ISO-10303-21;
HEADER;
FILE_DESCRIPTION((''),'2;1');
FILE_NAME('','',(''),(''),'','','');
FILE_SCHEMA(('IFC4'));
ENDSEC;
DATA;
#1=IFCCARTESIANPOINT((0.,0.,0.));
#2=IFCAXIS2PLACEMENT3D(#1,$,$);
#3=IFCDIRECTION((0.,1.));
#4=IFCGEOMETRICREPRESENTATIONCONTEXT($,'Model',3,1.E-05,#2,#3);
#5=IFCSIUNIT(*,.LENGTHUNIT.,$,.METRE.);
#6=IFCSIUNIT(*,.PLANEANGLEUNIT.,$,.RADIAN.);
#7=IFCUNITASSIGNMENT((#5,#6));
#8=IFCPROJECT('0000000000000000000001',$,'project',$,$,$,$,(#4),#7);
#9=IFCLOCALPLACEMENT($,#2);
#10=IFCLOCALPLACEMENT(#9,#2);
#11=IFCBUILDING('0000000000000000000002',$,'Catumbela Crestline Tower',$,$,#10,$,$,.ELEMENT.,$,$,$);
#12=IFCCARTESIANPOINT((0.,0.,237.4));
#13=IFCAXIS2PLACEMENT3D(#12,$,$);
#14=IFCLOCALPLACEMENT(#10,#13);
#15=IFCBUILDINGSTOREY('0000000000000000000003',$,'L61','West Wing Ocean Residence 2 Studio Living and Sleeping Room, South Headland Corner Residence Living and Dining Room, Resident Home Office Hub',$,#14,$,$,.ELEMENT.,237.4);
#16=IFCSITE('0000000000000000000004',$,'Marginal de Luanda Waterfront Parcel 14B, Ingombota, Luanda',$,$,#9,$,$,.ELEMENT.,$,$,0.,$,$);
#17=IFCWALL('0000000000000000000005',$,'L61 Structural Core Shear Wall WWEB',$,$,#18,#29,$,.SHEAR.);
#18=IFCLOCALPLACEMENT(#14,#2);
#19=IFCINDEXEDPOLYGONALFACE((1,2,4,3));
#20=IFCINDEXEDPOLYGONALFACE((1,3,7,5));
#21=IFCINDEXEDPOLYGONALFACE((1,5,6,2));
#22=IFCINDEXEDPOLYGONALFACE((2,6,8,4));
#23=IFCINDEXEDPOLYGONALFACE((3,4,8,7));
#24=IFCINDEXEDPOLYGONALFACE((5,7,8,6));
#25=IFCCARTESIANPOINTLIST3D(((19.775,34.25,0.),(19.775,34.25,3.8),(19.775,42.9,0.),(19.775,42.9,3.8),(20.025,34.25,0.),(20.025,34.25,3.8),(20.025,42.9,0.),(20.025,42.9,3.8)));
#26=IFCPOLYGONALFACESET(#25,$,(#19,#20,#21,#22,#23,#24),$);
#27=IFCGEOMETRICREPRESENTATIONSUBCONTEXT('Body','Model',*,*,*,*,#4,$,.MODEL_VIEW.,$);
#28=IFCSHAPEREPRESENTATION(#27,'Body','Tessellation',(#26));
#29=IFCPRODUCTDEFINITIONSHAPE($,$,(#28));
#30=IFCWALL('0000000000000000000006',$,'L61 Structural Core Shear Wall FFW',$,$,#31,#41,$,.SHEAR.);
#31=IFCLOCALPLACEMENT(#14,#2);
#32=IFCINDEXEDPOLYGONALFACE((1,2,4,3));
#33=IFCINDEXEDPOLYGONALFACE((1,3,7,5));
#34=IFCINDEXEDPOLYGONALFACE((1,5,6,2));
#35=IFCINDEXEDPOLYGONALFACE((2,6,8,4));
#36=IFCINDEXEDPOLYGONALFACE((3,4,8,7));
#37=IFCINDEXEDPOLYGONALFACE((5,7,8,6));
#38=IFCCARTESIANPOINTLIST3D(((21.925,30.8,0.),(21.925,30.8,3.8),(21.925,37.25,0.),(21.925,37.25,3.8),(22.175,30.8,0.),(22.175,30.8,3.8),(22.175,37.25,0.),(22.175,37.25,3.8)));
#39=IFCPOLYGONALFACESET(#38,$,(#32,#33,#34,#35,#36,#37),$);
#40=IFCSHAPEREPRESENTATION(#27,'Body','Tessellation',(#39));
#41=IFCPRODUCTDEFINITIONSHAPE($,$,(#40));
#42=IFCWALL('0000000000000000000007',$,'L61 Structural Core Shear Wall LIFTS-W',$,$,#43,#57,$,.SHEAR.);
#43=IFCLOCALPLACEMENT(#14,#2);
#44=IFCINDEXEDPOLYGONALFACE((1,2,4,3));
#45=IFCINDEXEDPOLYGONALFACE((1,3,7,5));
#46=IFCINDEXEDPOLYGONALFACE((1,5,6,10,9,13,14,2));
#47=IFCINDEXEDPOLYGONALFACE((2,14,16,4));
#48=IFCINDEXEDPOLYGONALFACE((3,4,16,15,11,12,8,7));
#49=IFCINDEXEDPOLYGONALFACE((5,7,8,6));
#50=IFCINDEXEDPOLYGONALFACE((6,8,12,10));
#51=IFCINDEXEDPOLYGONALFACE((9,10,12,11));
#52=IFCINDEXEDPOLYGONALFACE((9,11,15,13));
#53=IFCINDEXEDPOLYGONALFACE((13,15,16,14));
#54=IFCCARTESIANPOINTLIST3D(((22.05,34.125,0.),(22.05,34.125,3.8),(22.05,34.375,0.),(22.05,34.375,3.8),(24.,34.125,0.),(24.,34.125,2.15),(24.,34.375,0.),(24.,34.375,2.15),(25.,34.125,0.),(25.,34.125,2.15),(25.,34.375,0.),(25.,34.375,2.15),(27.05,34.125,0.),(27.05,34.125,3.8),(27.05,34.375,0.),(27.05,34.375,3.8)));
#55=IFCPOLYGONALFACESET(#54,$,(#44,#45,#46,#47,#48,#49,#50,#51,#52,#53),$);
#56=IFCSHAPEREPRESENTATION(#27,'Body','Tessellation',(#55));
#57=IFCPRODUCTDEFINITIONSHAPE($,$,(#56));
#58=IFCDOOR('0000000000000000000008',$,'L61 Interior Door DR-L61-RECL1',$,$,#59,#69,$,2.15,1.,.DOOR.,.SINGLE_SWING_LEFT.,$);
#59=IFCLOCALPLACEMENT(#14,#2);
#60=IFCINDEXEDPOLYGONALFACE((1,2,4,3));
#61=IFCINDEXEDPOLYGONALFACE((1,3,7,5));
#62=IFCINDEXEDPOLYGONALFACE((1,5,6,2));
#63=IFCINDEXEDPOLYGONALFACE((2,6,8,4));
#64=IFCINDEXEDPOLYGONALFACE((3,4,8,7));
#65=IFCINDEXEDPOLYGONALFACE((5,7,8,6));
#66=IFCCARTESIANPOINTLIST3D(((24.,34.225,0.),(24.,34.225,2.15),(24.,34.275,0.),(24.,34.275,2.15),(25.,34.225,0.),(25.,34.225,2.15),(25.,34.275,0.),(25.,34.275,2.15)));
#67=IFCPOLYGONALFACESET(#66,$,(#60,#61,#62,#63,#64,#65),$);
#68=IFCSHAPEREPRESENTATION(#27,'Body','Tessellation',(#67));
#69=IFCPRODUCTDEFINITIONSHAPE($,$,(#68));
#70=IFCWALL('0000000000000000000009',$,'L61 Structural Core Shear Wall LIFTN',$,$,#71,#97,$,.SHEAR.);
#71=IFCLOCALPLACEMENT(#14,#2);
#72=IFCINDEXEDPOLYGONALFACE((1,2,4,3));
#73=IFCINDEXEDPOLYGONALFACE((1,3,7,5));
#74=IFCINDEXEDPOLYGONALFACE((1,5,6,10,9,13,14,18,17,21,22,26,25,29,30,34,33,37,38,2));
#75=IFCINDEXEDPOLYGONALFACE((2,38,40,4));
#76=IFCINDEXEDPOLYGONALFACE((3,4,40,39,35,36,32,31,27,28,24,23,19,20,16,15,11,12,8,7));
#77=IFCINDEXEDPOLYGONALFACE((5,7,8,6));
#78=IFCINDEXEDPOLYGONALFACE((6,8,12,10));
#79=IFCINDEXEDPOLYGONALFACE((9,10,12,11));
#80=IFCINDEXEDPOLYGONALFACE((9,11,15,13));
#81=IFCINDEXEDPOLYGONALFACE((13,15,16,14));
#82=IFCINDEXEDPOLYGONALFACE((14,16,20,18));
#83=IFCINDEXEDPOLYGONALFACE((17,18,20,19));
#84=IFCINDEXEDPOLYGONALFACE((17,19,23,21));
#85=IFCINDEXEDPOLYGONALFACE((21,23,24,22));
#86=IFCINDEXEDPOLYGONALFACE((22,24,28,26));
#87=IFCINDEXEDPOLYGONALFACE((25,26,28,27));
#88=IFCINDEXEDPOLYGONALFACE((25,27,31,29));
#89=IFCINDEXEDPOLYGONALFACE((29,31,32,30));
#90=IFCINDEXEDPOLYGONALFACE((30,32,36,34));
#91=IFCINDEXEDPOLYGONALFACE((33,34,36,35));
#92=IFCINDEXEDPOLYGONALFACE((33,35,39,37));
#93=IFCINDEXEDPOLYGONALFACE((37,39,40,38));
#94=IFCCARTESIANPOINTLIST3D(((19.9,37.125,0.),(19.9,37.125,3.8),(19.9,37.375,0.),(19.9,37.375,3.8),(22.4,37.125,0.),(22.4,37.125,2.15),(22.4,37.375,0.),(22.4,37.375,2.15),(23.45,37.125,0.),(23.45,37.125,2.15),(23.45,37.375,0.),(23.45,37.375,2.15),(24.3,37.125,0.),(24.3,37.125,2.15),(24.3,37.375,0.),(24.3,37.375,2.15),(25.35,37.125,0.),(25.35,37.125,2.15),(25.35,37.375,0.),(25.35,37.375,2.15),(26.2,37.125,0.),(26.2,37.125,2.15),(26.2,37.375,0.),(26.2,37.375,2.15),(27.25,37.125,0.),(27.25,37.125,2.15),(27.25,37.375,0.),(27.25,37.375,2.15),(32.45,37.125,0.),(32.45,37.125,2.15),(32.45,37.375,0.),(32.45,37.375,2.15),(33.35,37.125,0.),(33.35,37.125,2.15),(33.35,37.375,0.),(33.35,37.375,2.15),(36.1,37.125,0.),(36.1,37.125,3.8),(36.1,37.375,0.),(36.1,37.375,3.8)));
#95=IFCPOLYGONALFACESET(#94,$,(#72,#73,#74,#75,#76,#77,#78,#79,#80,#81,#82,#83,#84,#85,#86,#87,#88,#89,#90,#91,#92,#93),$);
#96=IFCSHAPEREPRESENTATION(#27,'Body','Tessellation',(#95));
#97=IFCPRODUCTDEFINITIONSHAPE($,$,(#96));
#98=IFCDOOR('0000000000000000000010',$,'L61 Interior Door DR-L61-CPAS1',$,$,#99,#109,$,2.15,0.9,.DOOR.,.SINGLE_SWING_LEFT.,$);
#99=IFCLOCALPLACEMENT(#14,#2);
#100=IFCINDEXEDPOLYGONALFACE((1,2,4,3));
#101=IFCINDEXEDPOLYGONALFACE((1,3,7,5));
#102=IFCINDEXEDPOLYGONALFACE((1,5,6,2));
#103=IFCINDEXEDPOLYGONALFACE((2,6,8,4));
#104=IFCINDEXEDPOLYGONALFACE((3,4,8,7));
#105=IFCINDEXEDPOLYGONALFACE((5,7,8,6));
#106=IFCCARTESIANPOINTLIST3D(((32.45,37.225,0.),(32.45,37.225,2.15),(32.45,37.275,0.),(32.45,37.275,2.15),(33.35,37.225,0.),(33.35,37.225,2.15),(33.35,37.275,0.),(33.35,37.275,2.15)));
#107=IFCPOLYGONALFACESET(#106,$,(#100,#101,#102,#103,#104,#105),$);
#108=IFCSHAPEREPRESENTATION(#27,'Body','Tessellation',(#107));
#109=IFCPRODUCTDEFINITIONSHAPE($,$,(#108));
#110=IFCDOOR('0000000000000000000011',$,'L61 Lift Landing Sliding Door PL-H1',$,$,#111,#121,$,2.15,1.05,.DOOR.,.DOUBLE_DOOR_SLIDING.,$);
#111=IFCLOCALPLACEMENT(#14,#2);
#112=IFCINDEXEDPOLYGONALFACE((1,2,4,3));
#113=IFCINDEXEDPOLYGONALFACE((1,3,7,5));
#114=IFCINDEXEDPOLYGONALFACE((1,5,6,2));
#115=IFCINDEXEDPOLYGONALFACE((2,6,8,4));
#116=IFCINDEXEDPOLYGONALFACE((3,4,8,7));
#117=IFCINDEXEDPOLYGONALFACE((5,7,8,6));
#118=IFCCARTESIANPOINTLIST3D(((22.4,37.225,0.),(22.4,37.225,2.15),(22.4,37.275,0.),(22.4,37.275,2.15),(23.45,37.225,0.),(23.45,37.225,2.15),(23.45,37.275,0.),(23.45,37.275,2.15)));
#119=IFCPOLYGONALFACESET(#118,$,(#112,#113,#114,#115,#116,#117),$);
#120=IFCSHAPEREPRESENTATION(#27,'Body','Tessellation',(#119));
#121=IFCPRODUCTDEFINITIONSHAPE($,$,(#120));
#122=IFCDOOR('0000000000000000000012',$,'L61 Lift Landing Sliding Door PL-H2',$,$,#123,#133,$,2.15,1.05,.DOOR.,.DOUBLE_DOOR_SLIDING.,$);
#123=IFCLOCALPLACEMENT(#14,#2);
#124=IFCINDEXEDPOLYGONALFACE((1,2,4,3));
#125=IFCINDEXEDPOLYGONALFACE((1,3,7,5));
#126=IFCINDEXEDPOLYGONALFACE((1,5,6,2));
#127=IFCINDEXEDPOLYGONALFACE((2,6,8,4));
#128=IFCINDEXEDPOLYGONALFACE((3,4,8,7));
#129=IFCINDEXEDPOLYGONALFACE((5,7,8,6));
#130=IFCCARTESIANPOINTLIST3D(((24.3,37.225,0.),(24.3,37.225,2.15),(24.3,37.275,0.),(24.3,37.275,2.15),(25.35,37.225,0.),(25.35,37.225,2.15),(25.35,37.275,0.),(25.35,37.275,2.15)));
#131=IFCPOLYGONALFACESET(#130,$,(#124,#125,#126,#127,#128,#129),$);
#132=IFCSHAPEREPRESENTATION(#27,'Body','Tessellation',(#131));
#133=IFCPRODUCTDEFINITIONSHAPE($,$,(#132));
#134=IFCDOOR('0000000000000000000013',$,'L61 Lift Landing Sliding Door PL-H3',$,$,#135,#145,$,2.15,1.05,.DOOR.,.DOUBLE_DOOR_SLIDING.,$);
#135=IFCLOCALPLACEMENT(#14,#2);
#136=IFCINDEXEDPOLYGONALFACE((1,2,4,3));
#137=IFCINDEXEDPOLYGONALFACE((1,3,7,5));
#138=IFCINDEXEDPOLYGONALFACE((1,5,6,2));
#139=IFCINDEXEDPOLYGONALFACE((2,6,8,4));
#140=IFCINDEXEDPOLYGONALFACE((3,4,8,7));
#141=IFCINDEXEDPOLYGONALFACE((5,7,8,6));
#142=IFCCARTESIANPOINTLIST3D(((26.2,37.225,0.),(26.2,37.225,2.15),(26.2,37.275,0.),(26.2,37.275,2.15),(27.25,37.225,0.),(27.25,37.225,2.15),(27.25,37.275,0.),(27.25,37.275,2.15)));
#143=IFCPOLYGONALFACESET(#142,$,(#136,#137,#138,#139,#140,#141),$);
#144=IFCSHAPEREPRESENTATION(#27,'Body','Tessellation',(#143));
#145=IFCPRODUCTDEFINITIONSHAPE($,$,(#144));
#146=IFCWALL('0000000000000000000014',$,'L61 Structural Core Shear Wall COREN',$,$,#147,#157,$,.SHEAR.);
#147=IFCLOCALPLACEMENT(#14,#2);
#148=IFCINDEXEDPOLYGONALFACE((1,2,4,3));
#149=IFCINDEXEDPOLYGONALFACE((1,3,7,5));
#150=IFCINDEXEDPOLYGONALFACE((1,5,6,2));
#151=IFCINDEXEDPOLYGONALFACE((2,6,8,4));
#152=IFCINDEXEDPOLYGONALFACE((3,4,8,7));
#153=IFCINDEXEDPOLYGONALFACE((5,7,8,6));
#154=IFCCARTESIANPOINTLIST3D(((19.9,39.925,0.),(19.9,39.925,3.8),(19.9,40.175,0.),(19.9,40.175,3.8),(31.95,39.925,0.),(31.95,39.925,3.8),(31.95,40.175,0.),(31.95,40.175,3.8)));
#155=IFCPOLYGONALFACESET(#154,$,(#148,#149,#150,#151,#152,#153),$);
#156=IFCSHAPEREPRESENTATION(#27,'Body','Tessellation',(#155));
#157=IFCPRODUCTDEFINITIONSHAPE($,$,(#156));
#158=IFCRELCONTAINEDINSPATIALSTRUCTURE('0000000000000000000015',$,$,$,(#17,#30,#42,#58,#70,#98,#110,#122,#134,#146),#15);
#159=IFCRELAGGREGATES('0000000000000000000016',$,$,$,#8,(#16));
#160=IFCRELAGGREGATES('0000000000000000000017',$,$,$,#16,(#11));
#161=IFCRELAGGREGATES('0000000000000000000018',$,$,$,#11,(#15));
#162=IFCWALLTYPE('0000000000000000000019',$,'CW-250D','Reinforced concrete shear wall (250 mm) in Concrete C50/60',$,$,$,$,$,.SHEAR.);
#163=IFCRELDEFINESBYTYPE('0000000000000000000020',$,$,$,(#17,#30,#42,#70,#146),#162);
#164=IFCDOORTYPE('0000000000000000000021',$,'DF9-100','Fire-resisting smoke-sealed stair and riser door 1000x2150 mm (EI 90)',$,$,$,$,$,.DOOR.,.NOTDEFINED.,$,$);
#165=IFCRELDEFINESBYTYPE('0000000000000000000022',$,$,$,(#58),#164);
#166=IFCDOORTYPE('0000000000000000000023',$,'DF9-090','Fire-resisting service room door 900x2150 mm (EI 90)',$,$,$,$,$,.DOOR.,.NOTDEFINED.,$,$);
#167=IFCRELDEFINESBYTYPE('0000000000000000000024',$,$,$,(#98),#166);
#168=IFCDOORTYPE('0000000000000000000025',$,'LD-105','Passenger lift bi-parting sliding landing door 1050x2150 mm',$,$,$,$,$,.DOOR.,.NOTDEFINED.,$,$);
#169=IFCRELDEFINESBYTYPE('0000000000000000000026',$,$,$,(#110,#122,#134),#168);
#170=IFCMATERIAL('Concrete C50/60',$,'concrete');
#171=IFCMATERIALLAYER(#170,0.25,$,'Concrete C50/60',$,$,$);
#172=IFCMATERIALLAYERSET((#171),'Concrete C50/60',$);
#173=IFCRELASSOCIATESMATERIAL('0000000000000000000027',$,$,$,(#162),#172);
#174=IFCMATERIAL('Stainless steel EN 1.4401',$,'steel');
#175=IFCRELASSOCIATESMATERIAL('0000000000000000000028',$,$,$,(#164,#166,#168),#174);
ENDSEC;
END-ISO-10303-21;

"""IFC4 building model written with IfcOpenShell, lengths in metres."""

from ifc_helpers import new_model, si_unit, direction, frame, frame_2d, origin, place, context, subcontext, project, spatial, rectangle, extrude, material, layer, layer_set, type_object, element, fill, save


model = new_model("IFC4")

# Units and contexts
model_context = context("Model", 3, precision=1e-05, world=origin(), true_north=direction((0.0, 1.0)))
body_context = subcontext(model_context, "Body", "Model", "MODEL_VIEW")
ifc_project = project(units=[si_unit("LENGTHUNIT", "METRE"), si_unit("PLANEANGLEUNIT", "RADIAN")], contexts=[model_context])

# Site, building, storey
site_placement = place(None, origin())
site = spatial("IfcSite", under=ifc_project, at=site_placement, Name="Marginal de Luanda Waterfront Parcel 14B, Ingombota, Luanda", CompositionType="ELEMENT", RefElevation=0.0)
building_placement = place(site_placement, origin())
building = spatial("IfcBuilding", under=site, at=building_placement, Name="Catumbela Crestline Tower", CompositionType="ELEMENT")
storey_placement = place(building_placement, frame((0.0, 0.0, 237.4)))
storey = spatial("IfcBuildingStorey", under=building, at=storey_placement, Name="L61", Description="West Wing Ocean Residence 2 Studio Living and Sleeping Room, South Headland Corner Residence Living and Dining Room, Resident Home Office Hub", CompositionType="ELEMENT", Elevation=237.4)

# Walls
ifc_material_1 = material(Name="Concrete C50/60", Category="concrete")
ifc_layer_1 = layer(ifc_material_1, 0.25, Name="Concrete C50/60")
ifc_layer_set_1 = layer_set([ifc_layer_1], Name="Concrete C50/60")
wall_type_1 = type_object("IfcWallType", Name="CW-250D", Description="Reinforced concrete shear wall (250 mm) in Concrete C50/60", PredefinedType="SHEAR", material=ifc_layer_set_1)
wall_1_placement = place(storey_placement, frame((19.9, 34.25, 0.0), z_axis=(0.0, 0.0, 1.0), x_axis=(0.0, 1.0, 0.0)))
element("IfcWall", 1, at=wall_1_placement, inside=storey, type_object=wall_type_1, Name="L61 Structural Core Shear Wall WWEB", PredefinedType="SHEAR", context=body_context, shape_type="SweptSolid", body=[
    extrude(rectangle(XDim=8.65, YDim=0.25, at=frame_2d((4.325, 0.0))), origin(), (0.0, 0.0, 1.0), 3.8),
])
wall_2_placement = place(storey_placement, frame((22.05, 30.8, 0.0), z_axis=(0.0, 0.0, 1.0), x_axis=(0.0, 1.0, 0.0)))
element("IfcWall", 2, at=wall_2_placement, inside=storey, type_object=wall_type_1, Name="L61 Structural Core Shear Wall FFW", PredefinedType="SHEAR", context=body_context, shape_type="SweptSolid", body=[
    extrude(rectangle(XDim=6.45, YDim=0.25, at=frame_2d((3.225, 0.0))), origin(), (0.0, 0.0, 1.0), 3.8),
])

# Wall, opening, door
wall_3_placement = place(storey_placement, frame((22.05, 34.25, 0.0), z_axis=(0.0, 0.0, 1.0), x_axis=(1.0, 0.0, 0.0)))
wall_3 = element("IfcWall", 3, at=wall_3_placement, inside=storey, type_object=wall_type_1, Name="L61 Structural Core Shear Wall LIFTS-W", PredefinedType="SHEAR", context=body_context, shape_type="SweptSolid", body=[
    extrude(rectangle(XDim=5.0, YDim=0.25, at=frame_2d((2.5, 0.0))), origin(), (0.0, 0.0, 1.0), 3.8),
])
opening_1_placement = place(wall_3_placement, frame((1.95, 0.0, 0.0)))
opening_1 = element("IfcOpeningElement", 4, at=opening_1_placement, cuts=wall_3, PredefinedType="OPENING", context=body_context, shape_type="SweptSolid", body=[
    extrude(rectangle(XDim=1.0, YDim=2.15, at=frame_2d((0.5, 1.075))), frame((0.0, 0.135, 0.0), z_axis=(0.0, -1.0, 0.0), x_axis=(1.0, 0.0, 0.0)), (0.0, 0.0, 1.0), 0.27),
])
ifc_material_2 = material(Name="Stainless steel EN 1.4401", Category="steel")
door_type_1 = type_object("IfcDoorType", Name="DF9-100", Description="Fire-resisting smoke-sealed stair and riser door 1000x2150 mm (EI 90)", OperationType="NOTDEFINED", PredefinedType="DOOR", material=ifc_material_2)
door_1_placement = place(opening_1_placement, origin())
door_1 = element("IfcDoor", 5, at=door_1_placement, inside=storey, type_object=door_type_1, Name="L61 Interior Door DR-L61-RECL1", OperationType="SINGLE_SWING_LEFT", OverallHeight=2.15, OverallWidth=1.0, PredefinedType="DOOR", context=body_context, shape_type="SweptSolid", body=[
    extrude(rectangle(XDim=1.0, YDim=2.15, at=frame_2d((0.5, 1.075))), frame((0.0, 0.025, 0.0), z_axis=(0.0, -1.0, 0.0), x_axis=(1.0, 0.0, 0.0)), (0.0, 0.0, 1.0), 0.05),
])
fill(opening_1, door_1)

# Wall, openings, doors
wall_4_placement = place(storey_placement, frame((19.9, 37.25, 0.0), z_axis=(0.0, 0.0, 1.0), x_axis=(1.0, 0.0, 0.0)))
wall_4 = element("IfcWall", 6, at=wall_4_placement, inside=storey, type_object=wall_type_1, Name="L61 Structural Core Shear Wall LIFTN", PredefinedType="SHEAR", context=body_context, shape_type="SweptSolid", body=[
    extrude(rectangle(XDim=16.2, YDim=0.25, at=frame_2d((8.1, 0.0))), origin(), (0.0, 0.0, 1.0), 3.8),
])
opening_2_placement = place(wall_4_placement, frame((12.55, 0.0, 0.0)))
opening_2 = element("IfcOpeningElement", 7, at=opening_2_placement, cuts=wall_4, PredefinedType="OPENING", context=body_context, shape_type="SweptSolid", body=[
    extrude(rectangle(XDim=0.9, YDim=2.15, at=frame_2d((0.45, 1.075))), frame((0.0, 0.135, 0.0), z_axis=(0.0, -1.0, 0.0), x_axis=(1.0, 0.0, 0.0)), (0.0, 0.0, 1.0), 0.27),
])
opening_3_placement = place(wall_4_placement, frame((2.5, 0.0, 0.0)))
opening_3 = element("IfcOpeningElement", 8, at=opening_3_placement, cuts=wall_4, PredefinedType="OPENING", context=body_context, shape_type="SweptSolid", body=[
    extrude(rectangle(XDim=1.05, YDim=2.15, at=frame_2d((0.525, 1.075))), frame((0.0, 0.135, 0.0), z_axis=(0.0, -1.0, 0.0), x_axis=(1.0, 0.0, 0.0)), (0.0, 0.0, 1.0), 0.27),
])
opening_4_placement = place(wall_4_placement, frame((4.4, 0.0, 0.0)))
opening_4 = element("IfcOpeningElement", 9, at=opening_4_placement, cuts=wall_4, PredefinedType="OPENING", context=body_context, shape_type="SweptSolid", body=[
    extrude(rectangle(XDim=1.05, YDim=2.15, at=frame_2d((0.525, 1.075))), frame((0.0, 0.135, 0.0), z_axis=(0.0, -1.0, 0.0), x_axis=(1.0, 0.0, 0.0)), (0.0, 0.0, 1.0), 0.27),
])
opening_5_placement = place(wall_4_placement, frame((6.3, 0.0, 0.0)))
opening_5 = element("IfcOpeningElement", 10, at=opening_5_placement, cuts=wall_4, PredefinedType="OPENING", context=body_context, shape_type="SweptSolid", body=[
    extrude(rectangle(XDim=1.05, YDim=2.15, at=frame_2d((0.525, 1.075))), frame((0.0, 0.135, 0.0), z_axis=(0.0, -1.0, 0.0), x_axis=(1.0, 0.0, 0.0)), (0.0, 0.0, 1.0), 0.27),
])
door_type_2 = type_object("IfcDoorType", Name="DF9-090", Description="Fire-resisting service room door 900x2150 mm (EI 90)", OperationType="NOTDEFINED", PredefinedType="DOOR", material=ifc_material_2)
door_2_placement = place(opening_2_placement, origin())
door_2 = element("IfcDoor", 11, at=door_2_placement, inside=storey, type_object=door_type_2, Name="L61 Interior Door DR-L61-CPAS1", OperationType="SINGLE_SWING_LEFT", OverallHeight=2.15, OverallWidth=0.9, PredefinedType="DOOR", context=body_context, shape_type="SweptSolid", body=[
    extrude(rectangle(XDim=0.9, YDim=2.15, at=frame_2d((0.45, 1.075))), frame((0.0, 0.025, 0.0), z_axis=(0.0, -1.0, 0.0), x_axis=(1.0, 0.0, 0.0)), (0.0, 0.0, 1.0), 0.05),
])
fill(opening_2, door_2)
door_type_3 = type_object("IfcDoorType", Name="LD-105", Description="Passenger lift bi-parting sliding landing door 1050x2150 mm", OperationType="NOTDEFINED", PredefinedType="DOOR", material=ifc_material_2)
door_3_placement = place(opening_3_placement, origin())
door_3 = element("IfcDoor", 12, at=door_3_placement, inside=storey, type_object=door_type_3, Name="L61 Lift Landing Sliding Door PL-H1", OperationType="DOUBLE_DOOR_SLIDING", OverallHeight=2.15, OverallWidth=1.05, PredefinedType="DOOR", context=body_context, shape_type="SweptSolid", body=[
    extrude(rectangle(XDim=1.05, YDim=2.15, at=frame_2d((0.525, 1.075))), frame((0.0, 0.025, 0.0), z_axis=(0.0, -1.0, 0.0), x_axis=(1.0, 0.0, 0.0)), (0.0, 0.0, 1.0), 0.05),
])
fill(opening_3, door_3)
door_4_placement = place(opening_4_placement, origin())
door_4 = element("IfcDoor", 13, at=door_4_placement, inside=storey, type_object=door_type_3, Name="L61 Lift Landing Sliding Door PL-H2", OperationType="DOUBLE_DOOR_SLIDING", OverallHeight=2.15, OverallWidth=1.05, PredefinedType="DOOR", context=body_context, shape_type="SweptSolid", body=[
    extrude(rectangle(XDim=1.05, YDim=2.15, at=frame_2d((0.525, 1.075))), frame((0.0, 0.025, 0.0), z_axis=(0.0, -1.0, 0.0), x_axis=(1.0, 0.0, 0.0)), (0.0, 0.0, 1.0), 0.05),
])
fill(opening_4, door_4)
door_5_placement = place(opening_5_placement, origin())
door_5 = element("IfcDoor", 14, at=door_5_placement, inside=storey, type_object=door_type_3, Name="L61 Lift Landing Sliding Door PL-H3", OperationType="DOUBLE_DOOR_SLIDING", OverallHeight=2.15, OverallWidth=1.05, PredefinedType="DOOR", context=body_context, shape_type="SweptSolid", body=[
    extrude(rectangle(XDim=1.05, YDim=2.15, at=frame_2d((0.525, 1.075))), frame((0.0, 0.025, 0.0), z_axis=(0.0, -1.0, 0.0), x_axis=(1.0, 0.0, 0.0)), (0.0, 0.0, 1.0), 0.05),
])
fill(opening_5, door_5)

# Wall
wall_5_placement = place(storey_placement, frame((19.9, 40.05, 0.0), z_axis=(0.0, 0.0, 1.0), x_axis=(1.0, 0.0, 0.0)))
element("IfcWall", 15, at=wall_5_placement, inside=storey, type_object=wall_type_1, Name="L61 Structural Core Shear Wall COREN", PredefinedType="SHEAR", context=body_context, shape_type="SweptSolid", body=[
    extrude(rectangle(XDim=12.05, YDim=0.25, at=frame_2d((6.025, 0.0))), origin(), (0.0, 0.0, 1.0), 3.8),
])

save(model, "model.ifc")
